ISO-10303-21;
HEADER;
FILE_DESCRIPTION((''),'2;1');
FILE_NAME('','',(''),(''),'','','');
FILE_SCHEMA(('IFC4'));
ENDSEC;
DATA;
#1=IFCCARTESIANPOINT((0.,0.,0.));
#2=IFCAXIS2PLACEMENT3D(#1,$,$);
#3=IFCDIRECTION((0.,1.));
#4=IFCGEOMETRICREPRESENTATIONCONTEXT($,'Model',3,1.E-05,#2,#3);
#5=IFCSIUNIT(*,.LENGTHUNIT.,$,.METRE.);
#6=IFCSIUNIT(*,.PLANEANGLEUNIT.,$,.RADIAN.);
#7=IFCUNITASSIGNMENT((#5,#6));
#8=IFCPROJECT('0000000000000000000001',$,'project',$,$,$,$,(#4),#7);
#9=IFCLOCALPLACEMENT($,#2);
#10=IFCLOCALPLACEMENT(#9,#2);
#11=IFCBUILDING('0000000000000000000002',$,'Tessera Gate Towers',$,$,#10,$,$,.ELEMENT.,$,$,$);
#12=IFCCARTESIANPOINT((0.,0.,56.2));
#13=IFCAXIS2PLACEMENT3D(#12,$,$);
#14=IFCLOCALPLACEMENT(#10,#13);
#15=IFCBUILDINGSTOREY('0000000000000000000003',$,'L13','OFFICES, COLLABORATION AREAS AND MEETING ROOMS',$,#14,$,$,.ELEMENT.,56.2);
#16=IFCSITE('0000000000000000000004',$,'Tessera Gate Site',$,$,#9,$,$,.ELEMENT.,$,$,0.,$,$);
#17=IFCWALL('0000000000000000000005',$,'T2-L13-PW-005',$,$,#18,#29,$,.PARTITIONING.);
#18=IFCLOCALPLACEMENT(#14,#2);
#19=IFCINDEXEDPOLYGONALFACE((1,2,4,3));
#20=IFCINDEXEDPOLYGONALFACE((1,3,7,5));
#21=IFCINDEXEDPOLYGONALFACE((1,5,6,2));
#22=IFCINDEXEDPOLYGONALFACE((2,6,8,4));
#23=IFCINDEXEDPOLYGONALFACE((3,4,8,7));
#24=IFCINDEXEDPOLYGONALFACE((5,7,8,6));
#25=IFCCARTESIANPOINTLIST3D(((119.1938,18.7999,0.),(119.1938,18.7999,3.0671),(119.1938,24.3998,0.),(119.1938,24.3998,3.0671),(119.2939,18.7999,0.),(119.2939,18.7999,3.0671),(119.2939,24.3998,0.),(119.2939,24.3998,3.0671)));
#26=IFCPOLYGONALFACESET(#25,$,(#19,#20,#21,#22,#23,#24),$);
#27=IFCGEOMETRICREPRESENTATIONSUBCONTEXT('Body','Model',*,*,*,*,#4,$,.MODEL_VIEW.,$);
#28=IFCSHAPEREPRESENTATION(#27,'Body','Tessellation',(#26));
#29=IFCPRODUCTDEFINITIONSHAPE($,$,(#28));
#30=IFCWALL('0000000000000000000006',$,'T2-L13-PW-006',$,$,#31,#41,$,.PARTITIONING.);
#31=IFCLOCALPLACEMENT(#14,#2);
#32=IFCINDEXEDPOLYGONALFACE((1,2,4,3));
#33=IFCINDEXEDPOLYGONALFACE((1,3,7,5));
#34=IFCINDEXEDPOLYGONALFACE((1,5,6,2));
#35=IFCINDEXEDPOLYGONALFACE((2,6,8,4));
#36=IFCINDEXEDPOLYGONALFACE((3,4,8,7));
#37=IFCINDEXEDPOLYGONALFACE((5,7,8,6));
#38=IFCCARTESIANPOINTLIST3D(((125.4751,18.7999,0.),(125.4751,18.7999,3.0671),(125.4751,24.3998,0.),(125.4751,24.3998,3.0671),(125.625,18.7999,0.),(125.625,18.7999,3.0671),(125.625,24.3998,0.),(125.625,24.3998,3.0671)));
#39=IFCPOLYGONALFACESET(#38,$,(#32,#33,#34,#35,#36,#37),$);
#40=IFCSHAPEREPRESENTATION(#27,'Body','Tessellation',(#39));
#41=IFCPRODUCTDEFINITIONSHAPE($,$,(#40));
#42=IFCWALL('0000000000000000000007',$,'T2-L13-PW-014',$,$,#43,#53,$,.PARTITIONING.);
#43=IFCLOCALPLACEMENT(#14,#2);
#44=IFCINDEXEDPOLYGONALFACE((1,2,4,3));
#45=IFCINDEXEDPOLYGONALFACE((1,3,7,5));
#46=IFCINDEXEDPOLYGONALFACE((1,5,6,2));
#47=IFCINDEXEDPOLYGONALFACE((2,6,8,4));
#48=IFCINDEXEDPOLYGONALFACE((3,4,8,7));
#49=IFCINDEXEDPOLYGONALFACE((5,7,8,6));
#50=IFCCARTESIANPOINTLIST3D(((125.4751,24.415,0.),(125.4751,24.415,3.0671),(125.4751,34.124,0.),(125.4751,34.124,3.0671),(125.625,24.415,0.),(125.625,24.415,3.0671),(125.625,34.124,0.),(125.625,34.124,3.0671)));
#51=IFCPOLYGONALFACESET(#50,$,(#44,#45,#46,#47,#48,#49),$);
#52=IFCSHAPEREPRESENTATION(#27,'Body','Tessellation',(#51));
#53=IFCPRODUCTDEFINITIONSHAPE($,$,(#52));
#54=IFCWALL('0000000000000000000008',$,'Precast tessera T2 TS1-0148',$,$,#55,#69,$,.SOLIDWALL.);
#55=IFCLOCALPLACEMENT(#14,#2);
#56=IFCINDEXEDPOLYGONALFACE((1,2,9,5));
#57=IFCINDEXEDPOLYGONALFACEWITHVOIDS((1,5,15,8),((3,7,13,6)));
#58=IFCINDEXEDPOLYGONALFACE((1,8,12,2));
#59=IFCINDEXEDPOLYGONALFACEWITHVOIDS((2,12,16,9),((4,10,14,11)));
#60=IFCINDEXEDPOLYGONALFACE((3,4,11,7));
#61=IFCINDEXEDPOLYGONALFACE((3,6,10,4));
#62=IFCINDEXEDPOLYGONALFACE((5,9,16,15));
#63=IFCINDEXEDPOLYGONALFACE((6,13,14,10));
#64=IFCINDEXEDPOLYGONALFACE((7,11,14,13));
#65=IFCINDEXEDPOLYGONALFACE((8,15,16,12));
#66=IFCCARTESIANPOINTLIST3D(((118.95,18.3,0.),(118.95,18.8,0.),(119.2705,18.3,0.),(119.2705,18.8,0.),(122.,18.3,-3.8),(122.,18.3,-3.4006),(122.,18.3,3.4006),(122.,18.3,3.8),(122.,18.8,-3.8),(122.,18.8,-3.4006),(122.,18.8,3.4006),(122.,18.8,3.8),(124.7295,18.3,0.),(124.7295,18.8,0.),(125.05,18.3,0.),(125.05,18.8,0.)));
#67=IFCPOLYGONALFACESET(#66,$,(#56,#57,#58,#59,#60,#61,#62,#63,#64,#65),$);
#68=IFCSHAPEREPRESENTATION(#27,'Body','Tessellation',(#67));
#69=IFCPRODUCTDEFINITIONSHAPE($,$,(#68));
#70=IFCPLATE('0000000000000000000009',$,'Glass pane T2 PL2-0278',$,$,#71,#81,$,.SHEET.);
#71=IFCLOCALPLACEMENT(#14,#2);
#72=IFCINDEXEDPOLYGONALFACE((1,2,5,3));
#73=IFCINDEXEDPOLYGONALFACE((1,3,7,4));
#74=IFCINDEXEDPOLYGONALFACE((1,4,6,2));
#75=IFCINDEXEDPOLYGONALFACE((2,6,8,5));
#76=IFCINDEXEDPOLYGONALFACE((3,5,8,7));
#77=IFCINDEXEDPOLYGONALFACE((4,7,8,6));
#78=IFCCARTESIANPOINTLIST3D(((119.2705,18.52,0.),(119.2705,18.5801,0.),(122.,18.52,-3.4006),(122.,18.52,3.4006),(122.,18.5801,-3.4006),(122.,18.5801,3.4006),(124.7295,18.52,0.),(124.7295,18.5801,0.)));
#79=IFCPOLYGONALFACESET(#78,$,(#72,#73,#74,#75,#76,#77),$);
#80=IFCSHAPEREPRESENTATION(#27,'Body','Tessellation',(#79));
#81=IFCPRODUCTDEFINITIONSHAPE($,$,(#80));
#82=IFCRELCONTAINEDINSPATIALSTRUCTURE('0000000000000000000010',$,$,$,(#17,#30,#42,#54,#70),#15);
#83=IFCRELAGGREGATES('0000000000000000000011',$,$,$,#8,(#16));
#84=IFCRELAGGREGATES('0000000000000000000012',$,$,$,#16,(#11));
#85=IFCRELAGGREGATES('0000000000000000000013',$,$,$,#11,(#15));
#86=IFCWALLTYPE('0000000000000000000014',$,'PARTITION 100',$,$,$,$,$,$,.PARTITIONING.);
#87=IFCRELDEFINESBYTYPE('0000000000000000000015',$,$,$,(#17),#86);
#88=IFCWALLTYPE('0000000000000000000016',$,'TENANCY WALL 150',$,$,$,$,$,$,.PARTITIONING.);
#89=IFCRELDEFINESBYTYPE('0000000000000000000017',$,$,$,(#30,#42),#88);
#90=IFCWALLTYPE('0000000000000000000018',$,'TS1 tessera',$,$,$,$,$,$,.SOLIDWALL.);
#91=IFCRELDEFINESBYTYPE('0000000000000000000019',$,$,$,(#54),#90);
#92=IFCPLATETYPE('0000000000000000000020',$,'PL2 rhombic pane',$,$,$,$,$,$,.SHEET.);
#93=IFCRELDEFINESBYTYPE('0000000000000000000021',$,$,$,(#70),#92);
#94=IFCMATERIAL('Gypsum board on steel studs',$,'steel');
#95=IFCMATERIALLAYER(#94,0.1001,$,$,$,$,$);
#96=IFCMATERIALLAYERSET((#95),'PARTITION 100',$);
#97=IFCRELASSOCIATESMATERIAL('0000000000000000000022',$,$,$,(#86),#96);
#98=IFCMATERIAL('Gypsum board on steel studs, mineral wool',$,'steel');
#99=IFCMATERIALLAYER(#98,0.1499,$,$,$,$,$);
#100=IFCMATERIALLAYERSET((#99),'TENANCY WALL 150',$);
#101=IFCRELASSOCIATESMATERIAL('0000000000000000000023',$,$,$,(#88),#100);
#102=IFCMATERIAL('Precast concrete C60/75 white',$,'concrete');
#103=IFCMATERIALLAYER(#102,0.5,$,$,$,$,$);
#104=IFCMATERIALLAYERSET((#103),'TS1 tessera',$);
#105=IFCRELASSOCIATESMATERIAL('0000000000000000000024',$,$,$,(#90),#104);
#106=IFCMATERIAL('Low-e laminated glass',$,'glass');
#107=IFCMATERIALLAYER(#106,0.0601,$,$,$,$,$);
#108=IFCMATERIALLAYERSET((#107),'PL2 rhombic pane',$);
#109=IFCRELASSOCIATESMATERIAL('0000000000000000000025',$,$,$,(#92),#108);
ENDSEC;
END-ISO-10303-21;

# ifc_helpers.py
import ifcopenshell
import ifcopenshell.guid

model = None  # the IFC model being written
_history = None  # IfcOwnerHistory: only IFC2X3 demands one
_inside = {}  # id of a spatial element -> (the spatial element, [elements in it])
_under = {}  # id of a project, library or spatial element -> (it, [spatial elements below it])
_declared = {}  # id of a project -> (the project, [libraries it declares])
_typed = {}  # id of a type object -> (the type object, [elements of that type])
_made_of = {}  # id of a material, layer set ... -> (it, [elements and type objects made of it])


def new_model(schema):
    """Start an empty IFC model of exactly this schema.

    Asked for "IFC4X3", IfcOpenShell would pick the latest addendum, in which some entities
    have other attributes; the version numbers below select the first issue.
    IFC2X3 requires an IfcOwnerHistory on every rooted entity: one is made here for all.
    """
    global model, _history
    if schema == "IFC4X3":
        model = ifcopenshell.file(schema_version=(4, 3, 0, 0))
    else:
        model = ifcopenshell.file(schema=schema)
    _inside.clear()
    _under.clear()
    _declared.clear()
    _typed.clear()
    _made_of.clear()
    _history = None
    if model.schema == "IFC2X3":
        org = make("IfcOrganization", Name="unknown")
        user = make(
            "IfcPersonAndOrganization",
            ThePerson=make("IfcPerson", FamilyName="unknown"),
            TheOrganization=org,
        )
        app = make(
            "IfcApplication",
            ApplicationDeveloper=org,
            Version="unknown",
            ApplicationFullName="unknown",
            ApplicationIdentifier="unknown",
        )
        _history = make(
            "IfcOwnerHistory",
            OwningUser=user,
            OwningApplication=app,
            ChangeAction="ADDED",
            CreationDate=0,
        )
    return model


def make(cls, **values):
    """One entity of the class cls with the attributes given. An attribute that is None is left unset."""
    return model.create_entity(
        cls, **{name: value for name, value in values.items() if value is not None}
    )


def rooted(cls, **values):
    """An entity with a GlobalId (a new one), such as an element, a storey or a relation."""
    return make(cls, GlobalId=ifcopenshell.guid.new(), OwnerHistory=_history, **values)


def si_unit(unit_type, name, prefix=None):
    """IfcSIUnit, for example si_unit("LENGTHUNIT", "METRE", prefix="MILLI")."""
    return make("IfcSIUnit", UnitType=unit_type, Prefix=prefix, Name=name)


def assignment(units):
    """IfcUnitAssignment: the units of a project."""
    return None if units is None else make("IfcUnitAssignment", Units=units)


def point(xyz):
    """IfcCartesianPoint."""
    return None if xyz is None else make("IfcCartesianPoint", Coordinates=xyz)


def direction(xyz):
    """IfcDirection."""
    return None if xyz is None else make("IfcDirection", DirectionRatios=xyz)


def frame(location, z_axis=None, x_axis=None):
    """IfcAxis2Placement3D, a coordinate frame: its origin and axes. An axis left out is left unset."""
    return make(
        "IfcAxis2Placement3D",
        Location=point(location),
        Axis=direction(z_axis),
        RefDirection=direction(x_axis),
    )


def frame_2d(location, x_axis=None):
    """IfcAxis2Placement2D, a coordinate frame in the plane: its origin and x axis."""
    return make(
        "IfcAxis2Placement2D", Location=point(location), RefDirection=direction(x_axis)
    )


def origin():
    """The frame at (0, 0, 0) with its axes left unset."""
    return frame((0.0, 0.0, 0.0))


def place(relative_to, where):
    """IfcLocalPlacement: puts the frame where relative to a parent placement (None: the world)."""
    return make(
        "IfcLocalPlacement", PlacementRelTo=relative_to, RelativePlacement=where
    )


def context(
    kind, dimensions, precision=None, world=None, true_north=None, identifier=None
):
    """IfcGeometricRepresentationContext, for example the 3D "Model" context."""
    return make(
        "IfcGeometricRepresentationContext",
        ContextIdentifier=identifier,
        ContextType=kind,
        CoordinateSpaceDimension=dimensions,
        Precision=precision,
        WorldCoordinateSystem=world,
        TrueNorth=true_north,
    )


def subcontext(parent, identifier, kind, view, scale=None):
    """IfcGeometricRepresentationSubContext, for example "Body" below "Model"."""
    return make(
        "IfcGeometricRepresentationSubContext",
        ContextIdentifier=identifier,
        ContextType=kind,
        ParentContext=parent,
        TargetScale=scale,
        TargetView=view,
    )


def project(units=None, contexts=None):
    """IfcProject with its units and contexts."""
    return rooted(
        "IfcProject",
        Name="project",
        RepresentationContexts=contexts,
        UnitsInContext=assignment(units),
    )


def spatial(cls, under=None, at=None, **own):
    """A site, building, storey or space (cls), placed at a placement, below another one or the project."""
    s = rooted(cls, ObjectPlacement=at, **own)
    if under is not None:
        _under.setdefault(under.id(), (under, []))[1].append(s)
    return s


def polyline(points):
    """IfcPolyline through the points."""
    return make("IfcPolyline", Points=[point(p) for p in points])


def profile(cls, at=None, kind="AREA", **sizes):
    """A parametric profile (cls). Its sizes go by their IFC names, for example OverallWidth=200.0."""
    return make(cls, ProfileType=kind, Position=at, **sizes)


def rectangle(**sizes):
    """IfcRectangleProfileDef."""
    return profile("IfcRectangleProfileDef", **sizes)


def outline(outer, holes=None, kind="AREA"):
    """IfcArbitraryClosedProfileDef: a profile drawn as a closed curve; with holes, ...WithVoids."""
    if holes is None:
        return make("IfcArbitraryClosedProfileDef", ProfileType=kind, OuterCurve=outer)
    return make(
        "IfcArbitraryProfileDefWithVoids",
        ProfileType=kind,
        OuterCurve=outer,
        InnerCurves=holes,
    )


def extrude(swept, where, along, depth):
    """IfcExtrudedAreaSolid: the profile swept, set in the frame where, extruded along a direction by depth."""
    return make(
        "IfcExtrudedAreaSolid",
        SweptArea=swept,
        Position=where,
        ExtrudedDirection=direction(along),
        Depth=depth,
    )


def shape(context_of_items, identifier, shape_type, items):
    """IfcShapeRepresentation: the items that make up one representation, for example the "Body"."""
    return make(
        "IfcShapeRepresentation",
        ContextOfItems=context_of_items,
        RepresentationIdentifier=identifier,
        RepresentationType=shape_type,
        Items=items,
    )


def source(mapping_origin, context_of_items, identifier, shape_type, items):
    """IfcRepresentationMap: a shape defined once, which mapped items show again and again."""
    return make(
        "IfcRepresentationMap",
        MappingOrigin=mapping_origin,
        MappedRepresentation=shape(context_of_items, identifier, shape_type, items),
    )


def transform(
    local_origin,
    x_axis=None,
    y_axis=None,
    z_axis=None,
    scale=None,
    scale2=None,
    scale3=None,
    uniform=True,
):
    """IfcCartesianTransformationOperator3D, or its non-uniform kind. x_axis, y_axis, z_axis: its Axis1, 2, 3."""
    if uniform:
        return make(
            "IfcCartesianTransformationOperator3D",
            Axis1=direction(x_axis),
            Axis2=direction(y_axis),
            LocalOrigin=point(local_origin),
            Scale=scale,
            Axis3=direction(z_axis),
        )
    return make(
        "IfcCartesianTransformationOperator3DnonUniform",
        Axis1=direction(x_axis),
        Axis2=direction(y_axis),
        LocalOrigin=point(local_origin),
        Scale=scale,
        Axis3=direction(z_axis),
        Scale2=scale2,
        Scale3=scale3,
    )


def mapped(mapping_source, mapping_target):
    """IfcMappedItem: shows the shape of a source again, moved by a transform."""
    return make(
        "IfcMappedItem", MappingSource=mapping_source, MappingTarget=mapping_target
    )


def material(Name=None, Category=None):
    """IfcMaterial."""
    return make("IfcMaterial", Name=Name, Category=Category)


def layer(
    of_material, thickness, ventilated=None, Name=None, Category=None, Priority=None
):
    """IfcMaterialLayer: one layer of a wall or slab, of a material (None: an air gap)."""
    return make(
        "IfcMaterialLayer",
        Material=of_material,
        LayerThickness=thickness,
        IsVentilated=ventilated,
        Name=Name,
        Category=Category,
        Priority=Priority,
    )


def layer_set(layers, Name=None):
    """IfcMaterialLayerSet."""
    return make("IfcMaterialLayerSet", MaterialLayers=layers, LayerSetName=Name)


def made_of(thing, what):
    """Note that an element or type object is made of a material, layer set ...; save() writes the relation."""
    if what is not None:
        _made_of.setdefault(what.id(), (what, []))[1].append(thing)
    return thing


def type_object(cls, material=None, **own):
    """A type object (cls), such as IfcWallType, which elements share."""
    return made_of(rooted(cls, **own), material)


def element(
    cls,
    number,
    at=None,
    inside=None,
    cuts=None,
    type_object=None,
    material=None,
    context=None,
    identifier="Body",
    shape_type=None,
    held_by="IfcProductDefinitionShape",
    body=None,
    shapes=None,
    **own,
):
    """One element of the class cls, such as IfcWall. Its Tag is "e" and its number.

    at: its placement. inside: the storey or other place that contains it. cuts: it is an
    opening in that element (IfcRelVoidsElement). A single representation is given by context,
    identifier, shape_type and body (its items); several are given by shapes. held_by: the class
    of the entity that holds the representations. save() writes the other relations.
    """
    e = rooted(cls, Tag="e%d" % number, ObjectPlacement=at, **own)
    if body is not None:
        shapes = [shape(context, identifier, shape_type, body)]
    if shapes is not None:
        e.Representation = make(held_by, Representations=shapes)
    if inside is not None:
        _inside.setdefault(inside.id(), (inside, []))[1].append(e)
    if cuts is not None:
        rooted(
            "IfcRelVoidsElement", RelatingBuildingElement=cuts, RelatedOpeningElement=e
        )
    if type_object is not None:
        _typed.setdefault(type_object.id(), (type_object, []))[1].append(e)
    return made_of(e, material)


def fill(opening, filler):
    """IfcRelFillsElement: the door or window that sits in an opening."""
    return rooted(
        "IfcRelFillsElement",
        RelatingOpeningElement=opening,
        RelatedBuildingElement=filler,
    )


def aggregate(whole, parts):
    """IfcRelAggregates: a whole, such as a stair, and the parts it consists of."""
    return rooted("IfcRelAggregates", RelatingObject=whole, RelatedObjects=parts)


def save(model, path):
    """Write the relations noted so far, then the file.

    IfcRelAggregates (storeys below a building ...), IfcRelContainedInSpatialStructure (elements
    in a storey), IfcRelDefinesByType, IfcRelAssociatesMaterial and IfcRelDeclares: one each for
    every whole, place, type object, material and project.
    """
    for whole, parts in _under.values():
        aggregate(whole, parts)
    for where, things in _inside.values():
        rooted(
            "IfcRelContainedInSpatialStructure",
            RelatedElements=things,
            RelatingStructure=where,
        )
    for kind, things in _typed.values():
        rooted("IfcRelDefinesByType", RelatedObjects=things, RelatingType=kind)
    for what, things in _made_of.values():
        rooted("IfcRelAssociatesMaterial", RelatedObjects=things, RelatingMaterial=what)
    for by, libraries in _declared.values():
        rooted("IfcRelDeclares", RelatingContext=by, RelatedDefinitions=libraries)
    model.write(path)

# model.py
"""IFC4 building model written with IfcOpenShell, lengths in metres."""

from ifc_helpers import new_model, si_unit, direction, frame, frame_2d, origin, place, context, subcontext, project, spatial, polyline, rectangle, outline, extrude, source, transform, mapped, material, layer, layer_set, type_object, element, fill, save


model = new_model("IFC4")

# Units and contexts
model_context = context("Model", 3, precision=1e-05, world=origin(), true_north=direction((0.0, 1.0)))
body_context = subcontext(model_context, "Body", "Model", "MODEL_VIEW")
ifc_project = project(units=[si_unit("LENGTHUNIT", "METRE"), si_unit("PLANEANGLEUNIT", "RADIAN")], contexts=[model_context])

# Site, building, storey
site_placement = place(None, origin())
site = spatial("IfcSite", under=ifc_project, at=site_placement, Name="Tessera Gate Site", CompositionType="ELEMENT", RefElevation=0.0)
building_placement = place(site_placement, origin())
building = spatial("IfcBuilding", under=site, at=building_placement, Name="Tessera Gate Towers", CompositionType="ELEMENT")
storey_placement = place(building_placement, frame((0.0, 0.0, 56.2)))
storey = spatial("IfcBuildingStorey", under=building, at=storey_placement, Name="L13", Description="OFFICES, COLLABORATION AREAS AND MEETING ROOMS", CompositionType="ELEMENT", Elevation=56.2)

# Walls
ifc_material_1 = material(Name="Gypsum board on steel studs", Category="steel")
ifc_layer_1 = layer(ifc_material_1, 0.1001)
ifc_layer_set_1 = layer_set([ifc_layer_1], Name="PARTITION 100")
wall_type_1 = type_object("IfcWallType", Name="PARTITION 100", PredefinedType="PARTITIONING", material=ifc_layer_set_1)
wall_1_placement = place(storey_placement, frame((119.2439, 18.8, 0.0), z_axis=(0.0, 0.0, 1.0), x_axis=(0.0, 1.0, 0.0)))
element("IfcWall", 1, at=wall_1_placement, inside=storey, type_object=wall_type_1, Name="T2-L13-PW-005", PredefinedType="PARTITIONING", context=body_context, shape_type="SweptSolid", body=[
    extrude(rectangle(XDim=5.5999, YDim=0.1001, at=frame_2d((2.7998, 0.0))), origin(), (0.0, 0.0, 1.0), 3.0671),
])
ifc_material_2 = material(Name="Gypsum board on steel studs, mineral wool", Category="steel")
ifc_layer_2 = layer(ifc_material_2, 0.1499)
ifc_layer_set_2 = layer_set([ifc_layer_2], Name="TENANCY WALL 150")
wall_type_2 = type_object("IfcWallType", Name="TENANCY WALL 150", PredefinedType="PARTITIONING", material=ifc_layer_set_2)
wall_2_placement = place(storey_placement, frame((125.55, 18.8, 0.0), z_axis=(0.0, 0.0, 1.0), x_axis=(0.0, 1.0, 0.0)))
element("IfcWall", 2, at=wall_2_placement, inside=storey, type_object=wall_type_2, Name="T2-L13-PW-006", PredefinedType="PARTITIONING", context=body_context, shape_type="SweptSolid", body=[
    extrude(rectangle(XDim=5.5999, YDim=0.1499, at=frame_2d((2.7998, 0.0))), origin(), (0.0, 0.0, 1.0), 3.0671),
])
wall_3_placement = place(storey_placement, frame((125.55, 24.415, 0.0), z_axis=(0.0, 0.0, 1.0), x_axis=(0.0, 1.0, 0.0)))
element("IfcWall", 3, at=wall_3_placement, inside=storey, type_object=wall_type_2, Name="T2-L13-PW-014", PredefinedType="PARTITIONING", context=body_context, shape_type="SweptSolid", body=[
    extrude(rectangle(XDim=9.709, YDim=0.1499, at=frame_2d((4.8545, 0.0))), origin(), (0.0, 0.0, 1.0), 3.0671),
])

# Wall, opening, plate
ifc_material_3 = material(Name="Precast concrete C60/75 white", Category="concrete")
ifc_layer_3 = layer(ifc_material_3, 0.5)
ifc_layer_set_3 = layer_set([ifc_layer_3], Name="TS1 tessera")
wall_type_3 = type_object("IfcWallType", Name="TS1 tessera", PredefinedType="SOLIDWALL", material=ifc_layer_set_3)
shared_shape_1 = source(origin(), body_context, "Body", "SweptSolid", [
    extrude(outline(polyline([(3.05, 0.0), (6.1001, 3.8), (3.05, 7.6001), (0.0, 3.8), (3.05, 0.0)])), frame((0.0, 0.25, 0.0), z_axis=(0.0, -1.0, 0.0), x_axis=(1.0, 0.0, 0.0)), (0.0, 0.0, 1.0), 0.5),
])
wall_4_placement = place(storey_placement, frame((118.95, 18.55, -3.8), z_axis=(0.0, 0.0, 1.0), x_axis=(1.0, 0.0, 0.0)))
wall_4 = element("IfcWall", 4, at=wall_4_placement, inside=storey, type_object=wall_type_3, Name="Precast tessera T2 TS1-0148", PredefinedType="SOLIDWALL", context=body_context, shape_type="MappedRepresentation", body=[
    mapped(shared_shape_1, transform((0.0, 0.0, 0.0), scale=1.0)),
])
shared_shape_2 = source(origin(), body_context, "Body", "SweptSolid", [
    extrude(outline(polyline([(3.05, 0.3994), (5.7795, 3.8), (3.05, 7.2007), (0.3206, 3.8), (3.05, 0.3994)])), frame((0.0, 0.26, 0.0), z_axis=(0.0, -1.0, 0.0), x_axis=(1.0, 0.0, 0.0)), (0.0, 0.0, 1.0), 0.52),
])
opening_1_placement = place(wall_4_placement, origin())
opening_1 = element("IfcOpeningElement", 5, at=opening_1_placement, cuts=wall_4, PredefinedType="OPENING", context=body_context, shape_type="MappedRepresentation", body=[
    mapped(shared_shape_2, transform((0.0, 0.0, 0.0), scale=1.0)),
])
ifc_material_4 = material(Name="Low-e laminated glass", Category="glass")
ifc_layer_4 = layer(ifc_material_4, 0.0601)
ifc_layer_set_4 = layer_set([ifc_layer_4], Name="PL2 rhombic pane")
plate_type = type_object("IfcPlateType", Name="PL2 rhombic pane", PredefinedType="SHEET", material=ifc_layer_set_4)
shared_shape_3 = source(origin(), body_context, "Body", "SweptSolid", [
    extrude(outline(polyline([(3.05, 0.3994), (5.7795, 3.8), (3.05, 7.2007), (0.3206, 3.8), (3.05, 0.3994)])), frame((0.0, 0.03, 0.0), z_axis=(0.0, -1.0, 0.0), x_axis=(1.0, 0.0, 0.0)), (0.0, 0.0, 1.0), 0.0601),
])
plate_placement = place(opening_1_placement, origin())
plate = element("IfcPlate", 6, at=plate_placement, inside=storey, type_object=plate_type, Name="Glass pane T2 PL2-0278", PredefinedType="SHEET", context=body_context, shape_type="MappedRepresentation", body=[
    mapped(shared_shape_3, transform((0.0, 0.0, 0.0), scale=1.0)),
])
fill(opening_1, plate)

save(model, "model.ifc")
